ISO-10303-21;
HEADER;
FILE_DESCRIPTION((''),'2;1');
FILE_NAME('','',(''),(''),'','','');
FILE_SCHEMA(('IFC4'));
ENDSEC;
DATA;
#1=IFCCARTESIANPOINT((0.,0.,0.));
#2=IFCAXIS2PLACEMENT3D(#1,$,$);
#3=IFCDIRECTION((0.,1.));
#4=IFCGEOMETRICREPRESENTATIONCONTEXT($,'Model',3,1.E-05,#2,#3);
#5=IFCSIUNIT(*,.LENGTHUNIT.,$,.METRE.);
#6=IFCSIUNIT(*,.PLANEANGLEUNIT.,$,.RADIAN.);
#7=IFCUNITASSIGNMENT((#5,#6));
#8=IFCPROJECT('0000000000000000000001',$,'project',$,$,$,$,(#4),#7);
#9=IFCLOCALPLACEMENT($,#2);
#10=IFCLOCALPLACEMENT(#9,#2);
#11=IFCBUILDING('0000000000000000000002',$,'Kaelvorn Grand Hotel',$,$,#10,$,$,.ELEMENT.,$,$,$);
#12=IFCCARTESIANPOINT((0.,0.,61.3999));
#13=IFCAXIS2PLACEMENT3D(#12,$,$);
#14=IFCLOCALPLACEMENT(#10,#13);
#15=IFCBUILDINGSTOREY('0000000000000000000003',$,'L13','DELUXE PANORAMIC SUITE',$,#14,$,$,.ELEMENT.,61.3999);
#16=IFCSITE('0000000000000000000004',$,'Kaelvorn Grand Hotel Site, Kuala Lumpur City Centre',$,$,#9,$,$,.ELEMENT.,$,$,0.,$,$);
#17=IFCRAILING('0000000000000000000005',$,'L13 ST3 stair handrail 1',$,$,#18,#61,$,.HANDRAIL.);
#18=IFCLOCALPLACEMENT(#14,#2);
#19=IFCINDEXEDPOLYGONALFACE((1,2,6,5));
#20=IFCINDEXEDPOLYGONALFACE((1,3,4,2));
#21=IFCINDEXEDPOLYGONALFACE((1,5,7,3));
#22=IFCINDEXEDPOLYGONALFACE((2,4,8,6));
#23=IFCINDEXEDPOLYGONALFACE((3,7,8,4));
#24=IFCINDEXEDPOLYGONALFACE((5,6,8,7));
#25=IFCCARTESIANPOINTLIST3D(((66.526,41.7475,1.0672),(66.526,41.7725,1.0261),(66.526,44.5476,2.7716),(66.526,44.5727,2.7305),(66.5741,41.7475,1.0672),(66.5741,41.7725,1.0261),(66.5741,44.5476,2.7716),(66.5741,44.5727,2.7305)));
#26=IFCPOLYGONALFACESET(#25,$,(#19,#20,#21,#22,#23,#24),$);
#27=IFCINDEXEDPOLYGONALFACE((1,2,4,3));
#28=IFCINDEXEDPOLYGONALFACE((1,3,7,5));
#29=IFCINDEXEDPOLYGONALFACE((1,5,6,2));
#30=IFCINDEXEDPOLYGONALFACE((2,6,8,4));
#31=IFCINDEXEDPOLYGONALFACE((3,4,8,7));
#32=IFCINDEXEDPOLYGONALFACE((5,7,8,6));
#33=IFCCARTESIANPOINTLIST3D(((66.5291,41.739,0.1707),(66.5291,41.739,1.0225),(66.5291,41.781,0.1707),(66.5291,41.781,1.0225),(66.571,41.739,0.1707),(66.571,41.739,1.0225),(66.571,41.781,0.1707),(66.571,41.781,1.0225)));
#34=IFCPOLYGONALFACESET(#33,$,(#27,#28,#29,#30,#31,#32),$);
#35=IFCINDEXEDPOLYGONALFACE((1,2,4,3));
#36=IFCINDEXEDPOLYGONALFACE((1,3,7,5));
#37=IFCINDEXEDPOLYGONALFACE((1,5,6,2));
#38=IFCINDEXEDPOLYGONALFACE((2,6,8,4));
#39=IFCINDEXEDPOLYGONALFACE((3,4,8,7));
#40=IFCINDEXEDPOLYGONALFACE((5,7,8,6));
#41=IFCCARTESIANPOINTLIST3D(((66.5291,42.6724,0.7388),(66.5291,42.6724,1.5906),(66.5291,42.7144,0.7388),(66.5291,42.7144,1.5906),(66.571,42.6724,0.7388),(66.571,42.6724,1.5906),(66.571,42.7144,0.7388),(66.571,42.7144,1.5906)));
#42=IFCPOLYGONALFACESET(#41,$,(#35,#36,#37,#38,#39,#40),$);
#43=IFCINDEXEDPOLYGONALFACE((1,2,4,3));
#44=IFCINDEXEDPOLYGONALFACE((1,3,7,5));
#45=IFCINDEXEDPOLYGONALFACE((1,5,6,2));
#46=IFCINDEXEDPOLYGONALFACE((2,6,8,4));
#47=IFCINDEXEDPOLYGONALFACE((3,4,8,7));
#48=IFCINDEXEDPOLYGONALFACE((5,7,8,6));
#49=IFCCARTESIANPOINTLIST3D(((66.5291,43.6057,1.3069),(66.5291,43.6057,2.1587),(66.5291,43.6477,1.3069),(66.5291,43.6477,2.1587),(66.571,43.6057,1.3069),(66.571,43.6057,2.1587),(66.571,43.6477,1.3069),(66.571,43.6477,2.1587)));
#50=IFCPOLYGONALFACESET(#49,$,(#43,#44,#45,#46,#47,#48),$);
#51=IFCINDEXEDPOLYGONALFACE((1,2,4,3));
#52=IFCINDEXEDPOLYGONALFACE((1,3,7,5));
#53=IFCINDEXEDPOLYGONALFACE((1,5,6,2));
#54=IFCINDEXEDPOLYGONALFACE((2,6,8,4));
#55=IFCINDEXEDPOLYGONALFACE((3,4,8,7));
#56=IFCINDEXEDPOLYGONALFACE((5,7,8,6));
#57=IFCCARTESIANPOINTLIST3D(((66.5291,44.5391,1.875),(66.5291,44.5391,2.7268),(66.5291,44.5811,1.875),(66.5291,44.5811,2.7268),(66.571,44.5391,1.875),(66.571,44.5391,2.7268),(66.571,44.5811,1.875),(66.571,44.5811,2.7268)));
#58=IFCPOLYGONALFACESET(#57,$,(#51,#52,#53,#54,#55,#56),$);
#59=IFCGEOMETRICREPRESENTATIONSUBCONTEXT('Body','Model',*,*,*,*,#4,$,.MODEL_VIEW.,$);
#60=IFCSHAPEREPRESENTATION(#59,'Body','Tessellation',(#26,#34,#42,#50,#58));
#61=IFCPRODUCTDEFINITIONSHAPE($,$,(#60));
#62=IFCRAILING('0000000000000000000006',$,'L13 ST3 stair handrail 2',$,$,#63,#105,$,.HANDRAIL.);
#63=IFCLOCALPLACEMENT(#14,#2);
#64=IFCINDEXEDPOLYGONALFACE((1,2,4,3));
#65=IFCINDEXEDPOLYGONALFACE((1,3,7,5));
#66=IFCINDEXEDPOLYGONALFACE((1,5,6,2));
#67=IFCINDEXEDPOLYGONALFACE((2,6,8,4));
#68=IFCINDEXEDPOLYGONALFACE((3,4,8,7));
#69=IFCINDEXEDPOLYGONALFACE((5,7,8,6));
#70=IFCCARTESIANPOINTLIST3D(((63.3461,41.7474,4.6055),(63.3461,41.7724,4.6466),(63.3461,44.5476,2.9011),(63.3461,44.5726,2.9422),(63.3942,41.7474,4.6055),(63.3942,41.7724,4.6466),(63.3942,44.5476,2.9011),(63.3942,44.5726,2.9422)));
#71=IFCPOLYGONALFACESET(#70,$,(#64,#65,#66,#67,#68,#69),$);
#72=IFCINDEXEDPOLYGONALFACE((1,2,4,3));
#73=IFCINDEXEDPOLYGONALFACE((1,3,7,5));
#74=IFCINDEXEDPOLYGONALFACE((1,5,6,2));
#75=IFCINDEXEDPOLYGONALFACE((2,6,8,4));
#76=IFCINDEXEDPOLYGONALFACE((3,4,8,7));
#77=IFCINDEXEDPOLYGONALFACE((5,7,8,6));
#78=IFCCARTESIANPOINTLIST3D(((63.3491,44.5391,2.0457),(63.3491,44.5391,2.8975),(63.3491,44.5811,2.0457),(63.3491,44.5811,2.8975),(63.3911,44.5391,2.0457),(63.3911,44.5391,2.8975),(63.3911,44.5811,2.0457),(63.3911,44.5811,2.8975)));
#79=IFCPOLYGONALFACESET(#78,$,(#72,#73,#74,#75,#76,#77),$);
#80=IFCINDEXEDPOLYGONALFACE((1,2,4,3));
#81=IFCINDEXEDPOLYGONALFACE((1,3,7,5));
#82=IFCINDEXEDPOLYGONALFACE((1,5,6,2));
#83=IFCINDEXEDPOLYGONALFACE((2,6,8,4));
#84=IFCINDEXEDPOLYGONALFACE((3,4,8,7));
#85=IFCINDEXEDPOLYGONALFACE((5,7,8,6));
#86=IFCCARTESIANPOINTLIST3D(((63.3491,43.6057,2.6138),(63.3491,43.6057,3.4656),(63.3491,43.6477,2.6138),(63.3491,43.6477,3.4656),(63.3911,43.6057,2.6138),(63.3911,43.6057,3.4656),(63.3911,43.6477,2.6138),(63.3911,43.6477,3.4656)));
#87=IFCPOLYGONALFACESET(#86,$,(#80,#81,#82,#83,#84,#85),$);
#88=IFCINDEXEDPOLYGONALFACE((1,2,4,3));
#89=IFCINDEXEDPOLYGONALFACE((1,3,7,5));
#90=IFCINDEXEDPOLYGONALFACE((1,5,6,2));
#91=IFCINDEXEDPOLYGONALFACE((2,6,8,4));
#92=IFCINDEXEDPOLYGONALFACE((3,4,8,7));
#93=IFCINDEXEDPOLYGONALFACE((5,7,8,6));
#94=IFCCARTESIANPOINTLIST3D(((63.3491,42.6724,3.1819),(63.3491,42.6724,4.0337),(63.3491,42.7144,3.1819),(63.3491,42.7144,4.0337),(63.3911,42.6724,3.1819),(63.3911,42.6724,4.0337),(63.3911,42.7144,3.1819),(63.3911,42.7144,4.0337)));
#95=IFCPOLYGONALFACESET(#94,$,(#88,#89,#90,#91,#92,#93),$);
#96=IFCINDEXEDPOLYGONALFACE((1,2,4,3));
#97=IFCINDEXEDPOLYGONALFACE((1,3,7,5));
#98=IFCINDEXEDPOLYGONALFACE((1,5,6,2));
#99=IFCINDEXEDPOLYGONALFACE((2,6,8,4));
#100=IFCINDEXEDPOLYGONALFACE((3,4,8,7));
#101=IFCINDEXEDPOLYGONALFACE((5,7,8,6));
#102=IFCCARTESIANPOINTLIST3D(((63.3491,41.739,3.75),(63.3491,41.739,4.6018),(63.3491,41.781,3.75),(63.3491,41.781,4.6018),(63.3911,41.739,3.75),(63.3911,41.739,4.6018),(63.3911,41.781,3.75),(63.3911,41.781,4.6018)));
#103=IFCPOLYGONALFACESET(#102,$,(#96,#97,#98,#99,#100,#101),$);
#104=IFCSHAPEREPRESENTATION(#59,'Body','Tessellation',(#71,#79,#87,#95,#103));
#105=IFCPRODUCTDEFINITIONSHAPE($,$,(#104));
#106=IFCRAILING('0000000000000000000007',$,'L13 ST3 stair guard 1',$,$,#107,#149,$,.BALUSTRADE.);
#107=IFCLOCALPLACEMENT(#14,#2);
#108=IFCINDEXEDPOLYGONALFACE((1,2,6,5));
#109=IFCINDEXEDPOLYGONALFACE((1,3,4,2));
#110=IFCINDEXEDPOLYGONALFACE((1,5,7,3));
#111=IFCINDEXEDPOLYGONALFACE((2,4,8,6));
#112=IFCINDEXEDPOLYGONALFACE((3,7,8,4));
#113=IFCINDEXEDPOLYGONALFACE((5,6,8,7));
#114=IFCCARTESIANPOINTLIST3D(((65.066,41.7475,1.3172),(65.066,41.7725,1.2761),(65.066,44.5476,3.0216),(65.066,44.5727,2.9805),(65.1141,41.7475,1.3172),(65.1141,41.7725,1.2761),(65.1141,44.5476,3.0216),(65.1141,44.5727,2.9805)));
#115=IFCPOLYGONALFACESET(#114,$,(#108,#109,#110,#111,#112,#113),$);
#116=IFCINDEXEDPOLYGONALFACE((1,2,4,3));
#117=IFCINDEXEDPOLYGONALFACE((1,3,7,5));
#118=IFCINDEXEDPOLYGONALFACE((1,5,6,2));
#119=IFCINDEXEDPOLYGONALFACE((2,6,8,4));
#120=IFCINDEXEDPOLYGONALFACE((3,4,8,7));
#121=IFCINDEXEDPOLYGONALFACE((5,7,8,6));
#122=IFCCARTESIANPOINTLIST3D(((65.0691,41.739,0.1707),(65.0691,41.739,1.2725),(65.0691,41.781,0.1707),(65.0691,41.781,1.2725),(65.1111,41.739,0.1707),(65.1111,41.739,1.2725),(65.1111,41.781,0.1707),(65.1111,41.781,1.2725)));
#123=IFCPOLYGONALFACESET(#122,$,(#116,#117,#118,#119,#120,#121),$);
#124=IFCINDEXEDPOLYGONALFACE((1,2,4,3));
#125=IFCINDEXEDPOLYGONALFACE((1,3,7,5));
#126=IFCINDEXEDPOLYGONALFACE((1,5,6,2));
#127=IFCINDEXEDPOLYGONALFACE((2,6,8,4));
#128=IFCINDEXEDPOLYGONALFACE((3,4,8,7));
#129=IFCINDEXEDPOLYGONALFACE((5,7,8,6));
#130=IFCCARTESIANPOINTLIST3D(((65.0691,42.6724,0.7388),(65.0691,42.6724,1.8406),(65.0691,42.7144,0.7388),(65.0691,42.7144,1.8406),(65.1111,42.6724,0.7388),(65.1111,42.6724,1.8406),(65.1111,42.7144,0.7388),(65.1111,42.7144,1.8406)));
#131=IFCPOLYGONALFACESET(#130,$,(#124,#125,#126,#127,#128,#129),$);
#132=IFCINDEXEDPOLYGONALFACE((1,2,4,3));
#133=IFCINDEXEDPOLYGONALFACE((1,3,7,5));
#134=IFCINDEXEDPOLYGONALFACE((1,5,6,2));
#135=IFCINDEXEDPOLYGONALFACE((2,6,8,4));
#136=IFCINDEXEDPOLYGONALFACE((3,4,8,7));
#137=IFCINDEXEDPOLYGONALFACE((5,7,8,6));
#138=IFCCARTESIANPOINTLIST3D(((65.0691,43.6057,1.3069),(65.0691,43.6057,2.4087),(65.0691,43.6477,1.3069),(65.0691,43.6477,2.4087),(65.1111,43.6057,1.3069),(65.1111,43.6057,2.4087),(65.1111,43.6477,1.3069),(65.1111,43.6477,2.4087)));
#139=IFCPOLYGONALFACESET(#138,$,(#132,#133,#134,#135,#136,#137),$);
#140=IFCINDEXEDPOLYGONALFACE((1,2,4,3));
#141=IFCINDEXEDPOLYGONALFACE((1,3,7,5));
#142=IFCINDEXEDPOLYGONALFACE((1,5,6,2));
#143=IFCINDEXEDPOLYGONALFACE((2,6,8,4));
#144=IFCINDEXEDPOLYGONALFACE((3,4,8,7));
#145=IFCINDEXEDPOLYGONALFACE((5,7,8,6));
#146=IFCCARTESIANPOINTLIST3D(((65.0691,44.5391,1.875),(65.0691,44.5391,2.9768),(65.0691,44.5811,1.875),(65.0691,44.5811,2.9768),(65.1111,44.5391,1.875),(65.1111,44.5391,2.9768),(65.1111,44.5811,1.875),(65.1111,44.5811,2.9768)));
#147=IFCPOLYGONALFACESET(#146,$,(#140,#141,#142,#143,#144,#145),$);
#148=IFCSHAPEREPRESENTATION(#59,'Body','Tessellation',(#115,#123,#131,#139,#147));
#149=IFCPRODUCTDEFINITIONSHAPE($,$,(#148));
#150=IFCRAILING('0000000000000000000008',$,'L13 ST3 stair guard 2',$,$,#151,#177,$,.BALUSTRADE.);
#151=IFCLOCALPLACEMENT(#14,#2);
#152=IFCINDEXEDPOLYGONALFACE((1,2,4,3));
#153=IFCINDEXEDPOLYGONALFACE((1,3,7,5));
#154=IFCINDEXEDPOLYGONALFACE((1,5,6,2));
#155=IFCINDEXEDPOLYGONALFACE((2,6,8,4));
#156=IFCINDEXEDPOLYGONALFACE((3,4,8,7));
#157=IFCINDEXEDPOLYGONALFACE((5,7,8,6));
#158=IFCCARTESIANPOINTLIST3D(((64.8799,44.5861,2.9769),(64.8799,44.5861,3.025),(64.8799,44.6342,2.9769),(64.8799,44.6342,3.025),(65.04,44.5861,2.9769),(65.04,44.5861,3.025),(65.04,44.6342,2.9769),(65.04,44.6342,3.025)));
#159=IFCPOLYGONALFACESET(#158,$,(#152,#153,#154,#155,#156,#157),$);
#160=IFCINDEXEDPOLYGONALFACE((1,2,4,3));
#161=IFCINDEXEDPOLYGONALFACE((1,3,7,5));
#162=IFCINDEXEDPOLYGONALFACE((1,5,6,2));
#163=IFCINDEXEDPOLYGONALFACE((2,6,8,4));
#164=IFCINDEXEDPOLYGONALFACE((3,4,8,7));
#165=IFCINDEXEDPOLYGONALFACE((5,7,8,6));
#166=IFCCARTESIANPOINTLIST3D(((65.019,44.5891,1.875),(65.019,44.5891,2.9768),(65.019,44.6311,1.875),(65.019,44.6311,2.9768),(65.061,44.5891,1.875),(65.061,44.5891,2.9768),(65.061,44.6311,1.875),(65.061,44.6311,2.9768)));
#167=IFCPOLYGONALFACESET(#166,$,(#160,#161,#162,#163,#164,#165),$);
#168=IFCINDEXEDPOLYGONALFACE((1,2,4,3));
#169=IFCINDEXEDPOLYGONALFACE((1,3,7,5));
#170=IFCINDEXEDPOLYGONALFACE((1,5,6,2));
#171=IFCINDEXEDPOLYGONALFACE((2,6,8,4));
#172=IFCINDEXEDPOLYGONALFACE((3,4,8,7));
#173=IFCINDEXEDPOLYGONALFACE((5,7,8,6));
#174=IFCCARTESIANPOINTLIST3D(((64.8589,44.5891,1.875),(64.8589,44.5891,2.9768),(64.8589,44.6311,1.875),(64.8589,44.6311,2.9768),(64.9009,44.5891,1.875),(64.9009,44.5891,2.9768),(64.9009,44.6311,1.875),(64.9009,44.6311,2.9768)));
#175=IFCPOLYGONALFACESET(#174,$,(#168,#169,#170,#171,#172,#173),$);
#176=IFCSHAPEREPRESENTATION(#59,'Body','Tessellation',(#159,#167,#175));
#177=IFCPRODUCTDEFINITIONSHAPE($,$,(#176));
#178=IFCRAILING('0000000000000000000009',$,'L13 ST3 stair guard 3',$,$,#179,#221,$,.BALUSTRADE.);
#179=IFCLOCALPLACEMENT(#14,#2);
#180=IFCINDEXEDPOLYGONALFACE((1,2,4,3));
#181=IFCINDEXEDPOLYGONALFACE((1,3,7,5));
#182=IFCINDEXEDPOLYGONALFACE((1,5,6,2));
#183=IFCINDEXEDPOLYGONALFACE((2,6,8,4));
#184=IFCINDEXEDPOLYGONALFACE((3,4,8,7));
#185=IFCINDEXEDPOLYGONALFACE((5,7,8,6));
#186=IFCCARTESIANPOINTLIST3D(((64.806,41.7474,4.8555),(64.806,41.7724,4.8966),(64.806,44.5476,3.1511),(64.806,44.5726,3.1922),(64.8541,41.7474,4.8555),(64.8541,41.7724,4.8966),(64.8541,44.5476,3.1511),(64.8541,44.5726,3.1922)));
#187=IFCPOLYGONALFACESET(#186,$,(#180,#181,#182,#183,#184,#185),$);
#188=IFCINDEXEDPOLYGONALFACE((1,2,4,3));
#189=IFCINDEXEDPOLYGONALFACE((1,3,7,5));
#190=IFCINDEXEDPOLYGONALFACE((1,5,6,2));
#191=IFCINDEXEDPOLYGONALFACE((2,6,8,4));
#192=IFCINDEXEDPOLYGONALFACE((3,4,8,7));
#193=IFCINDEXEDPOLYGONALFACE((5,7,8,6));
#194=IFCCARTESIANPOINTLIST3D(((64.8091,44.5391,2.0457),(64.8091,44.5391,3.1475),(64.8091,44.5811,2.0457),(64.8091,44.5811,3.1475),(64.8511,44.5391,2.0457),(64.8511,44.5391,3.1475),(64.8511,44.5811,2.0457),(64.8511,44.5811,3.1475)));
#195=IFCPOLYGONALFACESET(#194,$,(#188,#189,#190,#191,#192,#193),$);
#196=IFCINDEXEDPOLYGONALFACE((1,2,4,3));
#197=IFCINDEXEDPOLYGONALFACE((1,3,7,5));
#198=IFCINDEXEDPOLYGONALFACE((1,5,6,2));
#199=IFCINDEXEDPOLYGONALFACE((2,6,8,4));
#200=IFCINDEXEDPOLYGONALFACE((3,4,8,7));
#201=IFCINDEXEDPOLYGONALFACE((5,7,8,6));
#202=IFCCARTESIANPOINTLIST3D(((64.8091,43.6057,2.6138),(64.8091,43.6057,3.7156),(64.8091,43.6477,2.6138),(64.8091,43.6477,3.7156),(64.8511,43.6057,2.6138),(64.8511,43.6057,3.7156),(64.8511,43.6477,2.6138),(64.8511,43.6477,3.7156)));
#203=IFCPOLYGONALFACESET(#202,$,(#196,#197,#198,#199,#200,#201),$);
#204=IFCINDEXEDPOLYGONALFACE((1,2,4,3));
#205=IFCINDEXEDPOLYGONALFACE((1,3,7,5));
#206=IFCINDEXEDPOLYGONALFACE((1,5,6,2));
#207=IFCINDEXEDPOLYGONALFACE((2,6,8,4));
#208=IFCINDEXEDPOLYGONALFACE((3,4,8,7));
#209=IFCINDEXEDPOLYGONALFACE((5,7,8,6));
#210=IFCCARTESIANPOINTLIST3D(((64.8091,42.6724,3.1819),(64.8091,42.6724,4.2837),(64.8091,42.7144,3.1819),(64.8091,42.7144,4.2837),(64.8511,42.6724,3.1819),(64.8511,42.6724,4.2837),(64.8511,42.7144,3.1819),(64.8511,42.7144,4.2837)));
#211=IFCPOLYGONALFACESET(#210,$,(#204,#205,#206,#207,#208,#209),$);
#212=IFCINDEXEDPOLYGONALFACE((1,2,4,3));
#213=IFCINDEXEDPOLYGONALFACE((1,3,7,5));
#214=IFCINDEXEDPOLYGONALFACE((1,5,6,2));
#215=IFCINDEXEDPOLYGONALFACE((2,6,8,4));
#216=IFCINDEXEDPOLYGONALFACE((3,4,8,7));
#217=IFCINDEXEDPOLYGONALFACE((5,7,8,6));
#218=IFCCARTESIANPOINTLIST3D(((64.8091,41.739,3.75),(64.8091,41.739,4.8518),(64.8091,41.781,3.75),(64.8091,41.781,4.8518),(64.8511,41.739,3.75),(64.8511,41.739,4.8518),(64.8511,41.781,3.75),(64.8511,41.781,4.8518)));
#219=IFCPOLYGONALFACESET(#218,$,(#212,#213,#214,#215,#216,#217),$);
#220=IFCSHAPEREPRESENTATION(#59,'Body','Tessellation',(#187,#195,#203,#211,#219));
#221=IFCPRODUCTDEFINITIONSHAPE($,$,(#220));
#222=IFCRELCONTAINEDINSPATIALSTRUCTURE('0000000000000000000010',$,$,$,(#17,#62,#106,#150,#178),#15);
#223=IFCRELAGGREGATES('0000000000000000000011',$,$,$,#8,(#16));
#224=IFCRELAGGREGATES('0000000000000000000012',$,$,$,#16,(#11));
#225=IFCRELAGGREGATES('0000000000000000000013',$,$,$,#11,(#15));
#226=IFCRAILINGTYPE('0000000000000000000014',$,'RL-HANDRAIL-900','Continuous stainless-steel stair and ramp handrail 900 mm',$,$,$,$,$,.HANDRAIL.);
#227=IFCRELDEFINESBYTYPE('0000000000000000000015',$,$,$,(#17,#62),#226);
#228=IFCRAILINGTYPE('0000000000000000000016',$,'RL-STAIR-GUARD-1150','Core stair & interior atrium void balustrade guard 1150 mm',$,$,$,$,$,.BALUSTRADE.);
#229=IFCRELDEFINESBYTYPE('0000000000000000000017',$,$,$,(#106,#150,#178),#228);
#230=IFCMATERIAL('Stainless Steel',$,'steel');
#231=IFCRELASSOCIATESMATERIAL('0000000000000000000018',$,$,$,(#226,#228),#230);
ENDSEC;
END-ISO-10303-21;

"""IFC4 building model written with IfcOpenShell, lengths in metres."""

from ifc_helpers import new_model, si_unit, direction, frame, origin, origin_2d, place, context, subcontext, project, spatial, rectangle, extrude, material, type_object, element, save


model = new_model("IFC4")

# Units and contexts
model_context = context("Model", 3, precision=1e-05, world=origin(), true_north=direction((0.0, 1.0)))
body_context = subcontext(model_context, "Body", "Model", "MODEL_VIEW")
ifc_project = project(units=[si_unit("LENGTHUNIT", "METRE"), si_unit("PLANEANGLEUNIT", "RADIAN")], contexts=[model_context])

# Site, building, storey
site_placement = place(None, origin())
site = spatial("IfcSite", under=ifc_project, at=site_placement, Name="Kaelvorn Grand Hotel Site, Kuala Lumpur City Centre", CompositionType="ELEMENT", RefElevation=0.0)
building_placement = place(site_placement, origin())
building = spatial("IfcBuilding", under=site, at=building_placement, Name="Kaelvorn Grand Hotel", CompositionType="ELEMENT")
storey_placement = place(building_placement, frame((0.0, 0.0, 61.3999)))
storey = spatial("IfcBuildingStorey", under=building, at=storey_placement, Name="L13", Description="DELUXE PANORAMIC SUITE", CompositionType="ELEMENT", Elevation=61.3999)

# Shared definitions
ifc_material_1 = material(Name="Stainless Steel", Category="steel")

# Railings
railing_type_1 = type_object("IfcRailingType", Name="RL-HANDRAIL-900", Description="Continuous stainless-steel stair and ramp handrail 900 mm", PredefinedType="HANDRAIL", material=ifc_material_1)
railing_1_placement = place(storey_placement, frame((66.55, 41.76, 0.1707)))
element("IfcRailing", 1, at=railing_1_placement, inside=storey, type_object=railing_type_1, Name="L13 ST3 stair handrail 1", PredefinedType="HANDRAIL", context=body_context, shape_type="SweptSolid", body=[
    extrude(rectangle(XDim=0.0481, YDim=0.0481, at=origin_2d()), frame((0.0, 0.0, 0.876), z_axis=(0.0, 0.854203, 0.51994), x_axis=(-1.0, 0.0, 0.0)), (0.0, 0.0, 1.0), 3.2781),
    extrude(rectangle(XDim=0.042, YDim=0.042, at=origin_2d()), origin(), (0.0, 0.0, 1.0), 0.8518),
    extrude(rectangle(XDim=0.042, YDim=0.042, at=origin_2d()), frame((0.0, 0.9333, 0.5681)), (0.0, 0.0, 1.0), 0.8518),
    extrude(rectangle(XDim=0.042, YDim=0.042, at=origin_2d()), frame((0.0, 1.8667, 1.1362)), (0.0, 0.0, 1.0), 0.8518),
    extrude(rectangle(XDim=0.042, YDim=0.042, at=origin_2d()), frame((0.0, 2.8, 1.7043)), (0.0, 0.0, 1.0), 0.8518),
])
railing_2_placement = place(storey_placement, frame((63.3701, 44.5601, 2.0457)))
element("IfcRailing", 2, at=railing_2_placement, inside=storey, type_object=railing_type_1, Name="L13 ST3 stair handrail 2", PredefinedType="HANDRAIL", context=body_context, shape_type="SweptSolid", body=[
    extrude(rectangle(XDim=0.0481, YDim=0.0481, at=origin_2d()), frame((0.0, 0.0, 0.876), z_axis=(0.0, -0.854203, 0.51994), x_axis=(1.0, 0.0, 0.0)), (0.0, 0.0, 1.0), 3.2781),
    extrude(rectangle(XDim=0.042, YDim=0.042, at=origin_2d()), origin(), (0.0, 0.0, 1.0), 0.8518),
    extrude(rectangle(XDim=0.042, YDim=0.042, at=origin_2d()), frame((0.0, -0.9333, 0.5681)), (0.0, 0.0, 1.0), 0.8518),
    extrude(rectangle(XDim=0.042, YDim=0.042, at=origin_2d()), frame((0.0, -1.8667, 1.1362)), (0.0, 0.0, 1.0), 0.8518),
    extrude(rectangle(XDim=0.042, YDim=0.042, at=origin_2d()), frame((0.0, -2.8, 1.7043)), (0.0, 0.0, 1.0), 0.8518),
])
railing_type_2 = type_object("IfcRailingType", Name="RL-STAIR-GUARD-1150", Description="Core stair & interior atrium void balustrade guard 1150 mm", PredefinedType="BALUSTRADE", material=ifc_material_1)
railing_3_placement = place(storey_placement, frame((65.0901, 41.76, 0.1707)))
element("IfcRailing", 3, at=railing_3_placement, inside=storey, type_object=railing_type_2, Name="L13 ST3 stair guard 1", PredefinedType="BALUSTRADE", context=body_context, shape_type="SweptSolid", body=[
    extrude(rectangle(XDim=0.0481, YDim=0.0481, at=origin_2d()), frame((0.0, 0.0, 1.126), z_axis=(0.0, 0.854203, 0.51994), x_axis=(-1.0, 0.0, 0.0)), (0.0, 0.0, 1.0), 3.2781),
    extrude(rectangle(XDim=0.042, YDim=0.042, at=origin_2d()), origin(), (0.0, 0.0, 1.0), 1.1018),
    extrude(rectangle(XDim=0.042, YDim=0.042, at=origin_2d()), frame((0.0, 0.9333, 0.5681)), (0.0, 0.0, 1.0), 1.1018),
    extrude(rectangle(XDim=0.042, YDim=0.042, at=origin_2d()), frame((0.0, 1.8667, 1.1362)), (0.0, 0.0, 1.0), 1.1018),
    extrude(rectangle(XDim=0.042, YDim=0.042, at=origin_2d()), frame((0.0, 2.8, 1.7043)), (0.0, 0.0, 1.0), 1.1018),
])
railing_4_placement = place(storey_placement, frame((65.04, 44.6101, 1.875)))
element("IfcRailing", 4, at=railing_4_placement, inside=storey, type_object=railing_type_2, Name="L13 ST3 stair guard 2", PredefinedType="BALUSTRADE", context=body_context, shape_type="SweptSolid", body=[
    extrude(rectangle(XDim=0.0481, YDim=0.0481, at=origin_2d()), frame((0.0, 0.0, 1.126), z_axis=(-1.0, 0.0, 0.0), x_axis=(0.0, -1.0, 0.0)), (0.0, 0.0, 1.0), 0.1602),
    extrude(rectangle(XDim=0.042, YDim=0.042, at=origin_2d()), origin(), (0.0, 0.0, 1.0), 1.1018),
    extrude(rectangle(XDim=0.042, YDim=0.042, at=origin_2d()), frame((-0.1602, 0.0, 0.0)), (0.0, 0.0, 1.0), 1.1018),
])
railing_5_placement = place(storey_placement, frame((64.8301, 44.5601, 2.0457)))
element("IfcRailing", 5, at=railing_5_placement, inside=storey, type_object=railing_type_2, Name="L13 ST3 stair guard 3", PredefinedType="BALUSTRADE", context=body_context, shape_type="SweptSolid", body=[
    extrude(rectangle(XDim=0.0481, YDim=0.0481, at=origin_2d()), frame((0.0, 0.0, 1.126), z_axis=(0.0, -0.854203, 0.51994), x_axis=(1.0, 0.0, 0.0)), (0.0, 0.0, 1.0), 3.2781),
    extrude(rectangle(XDim=0.042, YDim=0.042, at=origin_2d()), origin(), (0.0, 0.0, 1.0), 1.1018),
    extrude(rectangle(XDim=0.042, YDim=0.042, at=origin_2d()), frame((0.0, -0.9333, 0.5681)), (0.0, 0.0, 1.0), 1.1018),
    extrude(rectangle(XDim=0.042, YDim=0.042, at=origin_2d()), frame((0.0, -1.8667, 1.1362)), (0.0, 0.0, 1.0), 1.1018),
    extrude(rectangle(XDim=0.042, YDim=0.042, at=origin_2d()), frame((0.0, -2.8, 1.7043)), (0.0, 0.0, 1.0), 1.1018),
])

save(model, "model.ifc")
